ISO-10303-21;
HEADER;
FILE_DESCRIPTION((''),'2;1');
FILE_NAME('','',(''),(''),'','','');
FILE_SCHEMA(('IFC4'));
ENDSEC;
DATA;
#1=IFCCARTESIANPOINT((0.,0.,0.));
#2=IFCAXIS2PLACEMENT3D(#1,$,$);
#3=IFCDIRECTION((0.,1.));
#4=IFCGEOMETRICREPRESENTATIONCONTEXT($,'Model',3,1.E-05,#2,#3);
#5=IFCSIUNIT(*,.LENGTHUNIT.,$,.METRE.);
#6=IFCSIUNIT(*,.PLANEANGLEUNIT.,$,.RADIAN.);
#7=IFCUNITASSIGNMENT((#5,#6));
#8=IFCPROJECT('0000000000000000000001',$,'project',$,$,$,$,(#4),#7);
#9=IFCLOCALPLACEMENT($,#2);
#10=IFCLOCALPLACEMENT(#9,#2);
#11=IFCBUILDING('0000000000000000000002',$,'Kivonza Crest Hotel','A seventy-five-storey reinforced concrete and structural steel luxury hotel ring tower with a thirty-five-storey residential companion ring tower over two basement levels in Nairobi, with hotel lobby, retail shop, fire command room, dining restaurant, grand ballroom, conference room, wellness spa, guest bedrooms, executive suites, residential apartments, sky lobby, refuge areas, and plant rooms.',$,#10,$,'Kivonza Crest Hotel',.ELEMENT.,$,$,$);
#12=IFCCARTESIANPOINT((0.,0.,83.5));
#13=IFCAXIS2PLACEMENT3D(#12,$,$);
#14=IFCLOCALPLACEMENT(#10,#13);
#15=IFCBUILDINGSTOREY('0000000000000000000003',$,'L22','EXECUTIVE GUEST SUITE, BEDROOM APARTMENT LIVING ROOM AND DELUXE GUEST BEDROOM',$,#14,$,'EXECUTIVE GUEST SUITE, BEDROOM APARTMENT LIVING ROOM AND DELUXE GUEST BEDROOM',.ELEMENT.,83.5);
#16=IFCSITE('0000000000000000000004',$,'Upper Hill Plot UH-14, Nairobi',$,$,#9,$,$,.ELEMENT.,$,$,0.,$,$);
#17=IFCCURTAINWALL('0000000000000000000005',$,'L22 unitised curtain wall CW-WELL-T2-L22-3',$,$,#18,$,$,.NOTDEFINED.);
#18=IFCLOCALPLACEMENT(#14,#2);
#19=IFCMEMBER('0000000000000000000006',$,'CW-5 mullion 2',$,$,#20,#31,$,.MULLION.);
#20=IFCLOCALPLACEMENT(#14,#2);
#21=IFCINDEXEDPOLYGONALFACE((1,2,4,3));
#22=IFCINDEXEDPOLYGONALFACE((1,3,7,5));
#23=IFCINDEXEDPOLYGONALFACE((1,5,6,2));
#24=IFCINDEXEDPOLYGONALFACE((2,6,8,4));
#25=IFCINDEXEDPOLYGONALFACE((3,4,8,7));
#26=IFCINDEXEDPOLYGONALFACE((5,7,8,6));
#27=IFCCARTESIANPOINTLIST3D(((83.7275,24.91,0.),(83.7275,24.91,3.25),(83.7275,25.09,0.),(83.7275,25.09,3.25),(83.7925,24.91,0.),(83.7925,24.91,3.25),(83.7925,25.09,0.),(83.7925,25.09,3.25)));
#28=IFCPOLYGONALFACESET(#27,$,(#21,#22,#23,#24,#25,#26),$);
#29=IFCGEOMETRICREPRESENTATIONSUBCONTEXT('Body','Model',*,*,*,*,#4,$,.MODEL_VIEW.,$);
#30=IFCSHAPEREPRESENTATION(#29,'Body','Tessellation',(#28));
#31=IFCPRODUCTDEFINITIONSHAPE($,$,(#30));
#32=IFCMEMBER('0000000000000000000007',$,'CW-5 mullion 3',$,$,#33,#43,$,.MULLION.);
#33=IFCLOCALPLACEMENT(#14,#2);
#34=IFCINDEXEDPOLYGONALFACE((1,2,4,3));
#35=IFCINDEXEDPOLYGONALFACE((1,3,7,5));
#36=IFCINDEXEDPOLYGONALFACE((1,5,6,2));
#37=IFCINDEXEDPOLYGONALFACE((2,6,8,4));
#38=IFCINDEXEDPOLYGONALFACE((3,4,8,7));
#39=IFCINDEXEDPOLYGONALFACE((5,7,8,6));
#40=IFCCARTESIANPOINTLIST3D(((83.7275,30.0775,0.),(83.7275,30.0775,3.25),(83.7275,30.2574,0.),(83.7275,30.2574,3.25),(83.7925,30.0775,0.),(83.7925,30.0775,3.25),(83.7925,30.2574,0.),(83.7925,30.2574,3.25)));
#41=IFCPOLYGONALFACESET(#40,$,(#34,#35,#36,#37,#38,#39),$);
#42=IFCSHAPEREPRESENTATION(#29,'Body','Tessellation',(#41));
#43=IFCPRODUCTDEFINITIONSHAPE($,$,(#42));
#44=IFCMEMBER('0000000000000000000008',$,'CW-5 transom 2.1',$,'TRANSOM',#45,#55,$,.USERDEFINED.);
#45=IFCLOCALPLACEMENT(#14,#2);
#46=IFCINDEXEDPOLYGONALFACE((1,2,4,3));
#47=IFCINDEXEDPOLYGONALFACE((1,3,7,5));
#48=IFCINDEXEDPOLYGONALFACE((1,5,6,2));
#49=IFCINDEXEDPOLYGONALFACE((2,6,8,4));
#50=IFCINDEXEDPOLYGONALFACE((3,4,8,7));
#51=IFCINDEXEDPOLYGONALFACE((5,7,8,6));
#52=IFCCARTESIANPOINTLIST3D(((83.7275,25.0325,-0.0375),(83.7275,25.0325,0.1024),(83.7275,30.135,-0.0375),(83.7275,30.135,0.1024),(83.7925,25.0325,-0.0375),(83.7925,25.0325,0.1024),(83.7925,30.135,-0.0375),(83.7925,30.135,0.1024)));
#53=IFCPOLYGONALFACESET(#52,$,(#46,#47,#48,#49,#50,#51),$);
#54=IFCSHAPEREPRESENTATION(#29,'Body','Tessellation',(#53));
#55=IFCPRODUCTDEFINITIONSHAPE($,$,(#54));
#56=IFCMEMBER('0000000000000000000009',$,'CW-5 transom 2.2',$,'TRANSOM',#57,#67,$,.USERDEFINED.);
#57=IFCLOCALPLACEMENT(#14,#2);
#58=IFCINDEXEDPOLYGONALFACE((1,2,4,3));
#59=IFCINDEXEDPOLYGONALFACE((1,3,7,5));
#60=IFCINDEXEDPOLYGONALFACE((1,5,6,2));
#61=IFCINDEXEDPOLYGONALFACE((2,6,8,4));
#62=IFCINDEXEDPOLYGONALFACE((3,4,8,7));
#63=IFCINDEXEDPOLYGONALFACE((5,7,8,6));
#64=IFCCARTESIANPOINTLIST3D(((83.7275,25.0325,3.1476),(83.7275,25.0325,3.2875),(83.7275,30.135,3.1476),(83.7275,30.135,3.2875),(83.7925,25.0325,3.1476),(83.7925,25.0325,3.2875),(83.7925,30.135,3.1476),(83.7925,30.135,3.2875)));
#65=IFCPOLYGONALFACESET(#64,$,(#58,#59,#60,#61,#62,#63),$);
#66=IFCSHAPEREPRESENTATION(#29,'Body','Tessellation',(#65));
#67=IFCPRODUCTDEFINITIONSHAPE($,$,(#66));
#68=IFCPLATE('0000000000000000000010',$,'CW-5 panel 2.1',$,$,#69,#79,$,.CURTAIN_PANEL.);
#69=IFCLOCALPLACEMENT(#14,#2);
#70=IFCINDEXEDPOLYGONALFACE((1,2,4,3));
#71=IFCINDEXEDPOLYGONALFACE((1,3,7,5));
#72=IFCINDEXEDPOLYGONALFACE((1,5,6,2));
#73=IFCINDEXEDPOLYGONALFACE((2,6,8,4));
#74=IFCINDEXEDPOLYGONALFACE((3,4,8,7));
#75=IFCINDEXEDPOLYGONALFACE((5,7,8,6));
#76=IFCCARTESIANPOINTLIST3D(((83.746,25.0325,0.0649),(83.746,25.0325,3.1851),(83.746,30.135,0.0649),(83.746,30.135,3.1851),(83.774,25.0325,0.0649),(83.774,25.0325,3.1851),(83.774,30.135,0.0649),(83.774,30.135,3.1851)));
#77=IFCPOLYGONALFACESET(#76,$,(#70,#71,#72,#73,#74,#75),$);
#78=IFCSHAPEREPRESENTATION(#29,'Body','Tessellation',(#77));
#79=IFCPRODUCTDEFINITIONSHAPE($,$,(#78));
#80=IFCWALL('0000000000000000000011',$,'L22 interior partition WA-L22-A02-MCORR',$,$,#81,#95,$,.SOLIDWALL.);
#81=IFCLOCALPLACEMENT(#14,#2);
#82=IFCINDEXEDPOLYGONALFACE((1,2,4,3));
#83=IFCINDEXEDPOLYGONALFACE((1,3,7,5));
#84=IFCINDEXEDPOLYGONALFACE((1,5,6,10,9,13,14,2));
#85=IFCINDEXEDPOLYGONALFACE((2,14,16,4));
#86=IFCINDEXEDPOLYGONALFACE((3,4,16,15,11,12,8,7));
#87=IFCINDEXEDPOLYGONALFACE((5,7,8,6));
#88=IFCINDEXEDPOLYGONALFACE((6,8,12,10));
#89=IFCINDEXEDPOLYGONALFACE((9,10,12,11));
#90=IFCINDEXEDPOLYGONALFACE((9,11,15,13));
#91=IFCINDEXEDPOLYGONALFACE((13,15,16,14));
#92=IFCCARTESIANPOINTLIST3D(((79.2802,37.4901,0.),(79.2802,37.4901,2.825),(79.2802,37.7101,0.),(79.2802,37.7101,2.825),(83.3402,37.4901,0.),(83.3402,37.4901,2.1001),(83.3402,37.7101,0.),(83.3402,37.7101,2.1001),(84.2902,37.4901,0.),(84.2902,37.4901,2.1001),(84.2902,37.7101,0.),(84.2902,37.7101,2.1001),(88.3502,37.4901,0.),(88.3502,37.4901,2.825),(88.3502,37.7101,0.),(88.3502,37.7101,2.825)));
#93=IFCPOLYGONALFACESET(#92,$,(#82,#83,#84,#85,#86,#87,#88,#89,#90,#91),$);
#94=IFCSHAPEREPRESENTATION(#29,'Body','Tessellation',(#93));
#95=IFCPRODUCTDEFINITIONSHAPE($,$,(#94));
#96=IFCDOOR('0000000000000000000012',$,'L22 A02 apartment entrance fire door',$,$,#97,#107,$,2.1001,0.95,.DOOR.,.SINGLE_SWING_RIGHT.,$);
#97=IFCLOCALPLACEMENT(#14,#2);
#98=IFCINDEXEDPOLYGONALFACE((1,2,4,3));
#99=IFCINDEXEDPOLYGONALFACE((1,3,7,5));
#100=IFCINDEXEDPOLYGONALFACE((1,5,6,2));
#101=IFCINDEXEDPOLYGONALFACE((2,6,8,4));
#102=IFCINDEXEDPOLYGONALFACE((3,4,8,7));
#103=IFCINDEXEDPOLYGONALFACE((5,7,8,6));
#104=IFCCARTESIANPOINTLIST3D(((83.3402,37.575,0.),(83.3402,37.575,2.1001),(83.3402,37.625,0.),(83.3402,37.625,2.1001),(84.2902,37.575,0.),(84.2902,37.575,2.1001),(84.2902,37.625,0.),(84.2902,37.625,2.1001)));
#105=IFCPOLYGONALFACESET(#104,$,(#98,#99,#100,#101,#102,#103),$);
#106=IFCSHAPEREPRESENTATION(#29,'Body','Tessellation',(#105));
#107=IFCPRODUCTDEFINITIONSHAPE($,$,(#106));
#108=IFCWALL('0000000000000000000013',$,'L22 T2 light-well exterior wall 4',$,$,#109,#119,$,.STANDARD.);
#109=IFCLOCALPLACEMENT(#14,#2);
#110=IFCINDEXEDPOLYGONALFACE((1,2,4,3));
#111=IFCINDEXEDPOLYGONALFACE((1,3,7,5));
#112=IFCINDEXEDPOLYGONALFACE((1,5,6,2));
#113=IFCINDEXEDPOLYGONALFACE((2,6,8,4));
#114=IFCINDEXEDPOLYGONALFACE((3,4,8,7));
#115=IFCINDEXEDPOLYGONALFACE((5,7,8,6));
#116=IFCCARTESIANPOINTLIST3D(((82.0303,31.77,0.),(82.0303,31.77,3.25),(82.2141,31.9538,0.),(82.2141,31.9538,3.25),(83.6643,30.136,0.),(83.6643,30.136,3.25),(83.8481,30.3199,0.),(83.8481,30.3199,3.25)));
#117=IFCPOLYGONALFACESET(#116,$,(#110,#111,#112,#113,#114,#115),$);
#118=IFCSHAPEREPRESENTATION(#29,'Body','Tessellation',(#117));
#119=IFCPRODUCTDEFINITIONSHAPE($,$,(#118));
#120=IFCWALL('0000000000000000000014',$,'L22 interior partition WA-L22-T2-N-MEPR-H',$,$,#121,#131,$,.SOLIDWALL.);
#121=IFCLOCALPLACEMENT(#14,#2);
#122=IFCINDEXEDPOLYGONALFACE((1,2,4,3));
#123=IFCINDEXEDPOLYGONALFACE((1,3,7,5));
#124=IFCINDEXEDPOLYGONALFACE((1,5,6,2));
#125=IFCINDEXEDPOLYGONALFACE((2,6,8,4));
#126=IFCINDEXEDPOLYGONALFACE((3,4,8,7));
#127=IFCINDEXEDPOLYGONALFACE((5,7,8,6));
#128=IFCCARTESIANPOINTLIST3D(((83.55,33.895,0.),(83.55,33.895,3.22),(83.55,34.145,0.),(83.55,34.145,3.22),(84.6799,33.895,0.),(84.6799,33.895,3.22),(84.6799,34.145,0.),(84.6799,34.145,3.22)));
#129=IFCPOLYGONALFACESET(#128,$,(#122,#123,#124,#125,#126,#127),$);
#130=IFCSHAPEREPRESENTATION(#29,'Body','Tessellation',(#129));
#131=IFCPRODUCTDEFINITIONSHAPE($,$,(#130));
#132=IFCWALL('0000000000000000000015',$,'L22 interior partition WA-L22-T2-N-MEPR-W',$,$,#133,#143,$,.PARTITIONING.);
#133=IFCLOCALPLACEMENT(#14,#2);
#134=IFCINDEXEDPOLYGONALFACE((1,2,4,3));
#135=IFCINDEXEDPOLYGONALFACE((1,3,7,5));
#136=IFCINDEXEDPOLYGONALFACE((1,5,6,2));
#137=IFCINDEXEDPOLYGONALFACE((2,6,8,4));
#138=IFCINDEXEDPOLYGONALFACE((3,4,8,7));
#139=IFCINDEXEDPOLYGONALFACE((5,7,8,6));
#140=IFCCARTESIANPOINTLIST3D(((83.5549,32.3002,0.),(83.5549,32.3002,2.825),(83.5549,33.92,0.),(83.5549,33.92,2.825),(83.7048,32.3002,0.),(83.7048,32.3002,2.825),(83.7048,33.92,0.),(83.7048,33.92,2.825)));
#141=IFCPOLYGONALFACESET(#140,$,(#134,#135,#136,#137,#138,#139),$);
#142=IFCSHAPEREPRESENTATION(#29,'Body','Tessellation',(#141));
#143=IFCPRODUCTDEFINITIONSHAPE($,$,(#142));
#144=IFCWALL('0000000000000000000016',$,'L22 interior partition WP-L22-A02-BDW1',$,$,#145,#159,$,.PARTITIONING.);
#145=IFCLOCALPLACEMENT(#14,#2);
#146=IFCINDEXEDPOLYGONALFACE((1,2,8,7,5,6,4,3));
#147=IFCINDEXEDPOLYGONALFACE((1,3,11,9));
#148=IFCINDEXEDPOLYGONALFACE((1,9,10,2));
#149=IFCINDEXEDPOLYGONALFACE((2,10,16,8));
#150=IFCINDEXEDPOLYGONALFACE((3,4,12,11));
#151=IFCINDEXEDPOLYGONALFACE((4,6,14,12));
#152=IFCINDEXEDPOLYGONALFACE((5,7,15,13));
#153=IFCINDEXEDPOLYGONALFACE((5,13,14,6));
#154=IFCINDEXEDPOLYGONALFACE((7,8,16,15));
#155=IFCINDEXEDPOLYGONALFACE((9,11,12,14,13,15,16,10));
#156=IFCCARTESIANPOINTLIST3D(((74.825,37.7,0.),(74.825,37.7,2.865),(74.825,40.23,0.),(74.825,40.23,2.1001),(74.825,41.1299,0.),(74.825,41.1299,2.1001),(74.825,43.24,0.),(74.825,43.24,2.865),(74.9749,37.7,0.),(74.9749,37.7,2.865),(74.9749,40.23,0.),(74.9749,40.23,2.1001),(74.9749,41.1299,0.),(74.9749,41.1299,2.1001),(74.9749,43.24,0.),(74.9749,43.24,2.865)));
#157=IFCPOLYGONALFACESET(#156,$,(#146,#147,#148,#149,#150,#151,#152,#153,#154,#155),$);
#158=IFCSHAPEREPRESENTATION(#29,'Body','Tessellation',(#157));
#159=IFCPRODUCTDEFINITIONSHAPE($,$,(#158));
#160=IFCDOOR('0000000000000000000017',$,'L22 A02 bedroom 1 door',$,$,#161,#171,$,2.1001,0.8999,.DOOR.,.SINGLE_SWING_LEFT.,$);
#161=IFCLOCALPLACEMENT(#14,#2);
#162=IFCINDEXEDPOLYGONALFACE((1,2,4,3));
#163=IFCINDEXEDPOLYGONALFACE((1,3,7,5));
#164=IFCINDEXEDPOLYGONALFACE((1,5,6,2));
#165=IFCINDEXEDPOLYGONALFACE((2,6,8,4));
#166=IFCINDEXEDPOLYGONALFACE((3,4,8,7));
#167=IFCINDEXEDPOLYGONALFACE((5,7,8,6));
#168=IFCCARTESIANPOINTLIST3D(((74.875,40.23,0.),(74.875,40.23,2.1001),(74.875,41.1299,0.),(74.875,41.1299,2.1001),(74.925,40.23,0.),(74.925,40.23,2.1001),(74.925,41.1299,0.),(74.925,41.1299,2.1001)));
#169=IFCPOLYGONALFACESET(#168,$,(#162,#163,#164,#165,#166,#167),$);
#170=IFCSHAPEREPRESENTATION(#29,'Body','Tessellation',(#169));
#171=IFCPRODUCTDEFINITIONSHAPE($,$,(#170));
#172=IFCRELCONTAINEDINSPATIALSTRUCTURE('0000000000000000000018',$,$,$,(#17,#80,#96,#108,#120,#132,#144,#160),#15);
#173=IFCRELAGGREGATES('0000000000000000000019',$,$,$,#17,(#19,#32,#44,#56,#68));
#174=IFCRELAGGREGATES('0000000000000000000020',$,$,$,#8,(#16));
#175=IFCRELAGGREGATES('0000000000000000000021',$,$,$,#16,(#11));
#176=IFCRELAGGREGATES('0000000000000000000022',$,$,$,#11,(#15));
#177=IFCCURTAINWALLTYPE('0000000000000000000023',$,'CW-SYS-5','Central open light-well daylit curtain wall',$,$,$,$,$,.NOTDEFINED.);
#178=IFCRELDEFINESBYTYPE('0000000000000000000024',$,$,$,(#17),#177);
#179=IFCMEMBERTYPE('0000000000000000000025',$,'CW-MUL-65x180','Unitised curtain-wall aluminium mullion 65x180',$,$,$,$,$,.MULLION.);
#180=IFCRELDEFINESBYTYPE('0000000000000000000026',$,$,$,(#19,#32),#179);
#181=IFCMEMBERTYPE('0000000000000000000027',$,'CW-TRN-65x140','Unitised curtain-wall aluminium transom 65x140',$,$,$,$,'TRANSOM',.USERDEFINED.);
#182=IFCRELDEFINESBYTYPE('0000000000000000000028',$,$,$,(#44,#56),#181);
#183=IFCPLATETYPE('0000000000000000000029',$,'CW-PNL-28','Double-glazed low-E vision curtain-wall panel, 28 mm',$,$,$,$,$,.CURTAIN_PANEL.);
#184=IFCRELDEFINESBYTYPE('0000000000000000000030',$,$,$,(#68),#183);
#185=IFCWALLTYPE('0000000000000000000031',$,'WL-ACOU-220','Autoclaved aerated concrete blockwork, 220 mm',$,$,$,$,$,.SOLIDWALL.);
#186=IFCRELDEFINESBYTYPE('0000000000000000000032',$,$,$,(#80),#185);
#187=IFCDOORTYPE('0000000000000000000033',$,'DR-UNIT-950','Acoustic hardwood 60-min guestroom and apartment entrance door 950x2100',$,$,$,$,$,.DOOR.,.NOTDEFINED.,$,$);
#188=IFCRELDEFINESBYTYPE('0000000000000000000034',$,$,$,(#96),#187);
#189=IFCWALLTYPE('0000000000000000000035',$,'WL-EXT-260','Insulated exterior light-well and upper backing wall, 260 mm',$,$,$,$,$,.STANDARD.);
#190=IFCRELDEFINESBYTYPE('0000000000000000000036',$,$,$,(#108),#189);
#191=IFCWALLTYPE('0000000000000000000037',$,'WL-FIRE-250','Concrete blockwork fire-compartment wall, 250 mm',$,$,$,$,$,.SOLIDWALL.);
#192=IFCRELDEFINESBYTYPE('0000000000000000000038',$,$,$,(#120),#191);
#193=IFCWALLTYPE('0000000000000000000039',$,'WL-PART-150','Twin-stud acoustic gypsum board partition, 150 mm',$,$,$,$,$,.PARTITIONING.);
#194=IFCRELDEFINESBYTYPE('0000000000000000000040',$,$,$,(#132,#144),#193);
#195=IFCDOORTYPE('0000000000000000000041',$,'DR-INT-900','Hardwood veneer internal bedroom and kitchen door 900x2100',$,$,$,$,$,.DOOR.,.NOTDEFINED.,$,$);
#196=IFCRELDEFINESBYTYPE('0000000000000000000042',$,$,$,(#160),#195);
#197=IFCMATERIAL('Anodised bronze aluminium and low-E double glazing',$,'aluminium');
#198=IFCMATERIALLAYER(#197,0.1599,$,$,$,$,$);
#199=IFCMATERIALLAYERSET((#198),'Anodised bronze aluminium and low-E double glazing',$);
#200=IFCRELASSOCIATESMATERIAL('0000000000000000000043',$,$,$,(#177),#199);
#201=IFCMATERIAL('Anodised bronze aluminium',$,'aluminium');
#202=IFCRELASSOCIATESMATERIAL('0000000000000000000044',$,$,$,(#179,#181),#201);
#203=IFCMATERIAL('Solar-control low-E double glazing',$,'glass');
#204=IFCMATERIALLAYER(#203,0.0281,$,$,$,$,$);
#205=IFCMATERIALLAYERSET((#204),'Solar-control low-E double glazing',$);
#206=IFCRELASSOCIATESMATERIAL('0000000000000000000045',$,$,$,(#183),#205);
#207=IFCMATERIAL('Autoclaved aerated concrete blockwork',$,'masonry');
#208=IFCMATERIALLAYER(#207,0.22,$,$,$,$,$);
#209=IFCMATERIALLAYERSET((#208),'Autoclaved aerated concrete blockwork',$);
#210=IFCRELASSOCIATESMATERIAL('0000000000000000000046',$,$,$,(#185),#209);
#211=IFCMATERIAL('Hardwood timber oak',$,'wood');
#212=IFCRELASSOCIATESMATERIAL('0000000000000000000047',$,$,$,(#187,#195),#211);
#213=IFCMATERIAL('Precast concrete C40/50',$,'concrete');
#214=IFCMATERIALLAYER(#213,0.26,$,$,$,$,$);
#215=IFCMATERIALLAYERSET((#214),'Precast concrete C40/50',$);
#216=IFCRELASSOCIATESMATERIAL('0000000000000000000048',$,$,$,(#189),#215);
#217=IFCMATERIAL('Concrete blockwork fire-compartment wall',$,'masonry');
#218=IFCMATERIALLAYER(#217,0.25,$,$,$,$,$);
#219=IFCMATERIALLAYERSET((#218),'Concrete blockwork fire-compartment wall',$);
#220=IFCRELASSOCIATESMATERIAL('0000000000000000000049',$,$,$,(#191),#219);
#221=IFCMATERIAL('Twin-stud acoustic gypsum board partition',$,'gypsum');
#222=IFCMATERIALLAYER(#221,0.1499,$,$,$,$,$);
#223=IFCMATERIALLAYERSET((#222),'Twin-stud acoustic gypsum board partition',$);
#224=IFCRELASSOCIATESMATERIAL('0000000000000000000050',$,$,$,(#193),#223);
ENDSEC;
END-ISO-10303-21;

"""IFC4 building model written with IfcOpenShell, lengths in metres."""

from ifc_helpers import new_model, si_unit, direction, frame, frame_2d, origin, origin_2d, place, context, subcontext, project, spatial, rectangle, extrude, material, layer, layer_set, material_profile, profile_set, type_object, element, fill, aggregate, save


model = new_model("IFC4")

# Units and contexts
model_context = context("Model", 3, precision=1e-05, world=origin(), true_north=direction((0.0, 1.0)))
body_context = subcontext(model_context, "Body", "Model", "MODEL_VIEW")
ifc_project = project(units=[si_unit("LENGTHUNIT", "METRE"), si_unit("PLANEANGLEUNIT", "RADIAN")], contexts=[model_context])

# Site, building, storey
site_placement = place(None, origin())
site = spatial("IfcSite", under=ifc_project, at=site_placement, Name="Upper Hill Plot UH-14, Nairobi", CompositionType="ELEMENT", RefElevation=0.0)
building_placement = place(site_placement, origin())
building = spatial("IfcBuilding", under=site, at=building_placement, Name="Kivonza Crest Hotel", Description="A seventy-five-storey reinforced concrete and structural steel luxury hotel ring tower with a thirty-five-storey residential companion ring tower over two basement levels in Nairobi, with hotel lobby, retail shop, fire command room, dining restaurant, grand ballroom, conference room, wellness spa, guest bedrooms, executive suites, residential apartments, sky lobby, refuge areas, and plant rooms.", LongName="Kivonza Crest Hotel", CompositionType="ELEMENT")
storey_placement = place(building_placement, frame((0.0, 0.0, 83.5)))
storey = spatial("IfcBuildingStorey", under=building, at=storey_placement, Name="L22", Description="EXECUTIVE GUEST SUITE, BEDROOM APARTMENT LIVING ROOM AND DELUXE GUEST BEDROOM", LongName="EXECUTIVE GUEST SUITE, BEDROOM APARTMENT LIVING ROOM AND DELUXE GUEST BEDROOM", CompositionType="ELEMENT", Elevation=83.5)

# Curtain wall, members, plate
ifc_material_1 = material(Name="Anodised bronze aluminium and low-E double glazing", Category="aluminium")
ifc_layer_1 = layer(ifc_material_1, 0.1599)
ifc_layer_set_1 = layer_set([ifc_layer_1], Name="Anodised bronze aluminium and low-E double glazing")
curtain_wall_type = type_object("IfcCurtainWallType", Name="CW-SYS-5", Description="Central open light-well daylit curtain wall", PredefinedType="NOTDEFINED", material=ifc_layer_set_1)
curtain_wall_placement = place(storey_placement, origin())
curtain_wall = element("IfcCurtainWall", 1, at=curtain_wall_placement, inside=storey, type_object=curtain_wall_type, Name="L22 unitised curtain wall CW-WELL-T2-L22-3", PredefinedType="NOTDEFINED")
ifc_material_2 = material(Name="Anodised bronze aluminium", Category="aluminium")
ifc_material_profile_1 = material_profile(ifc_material_2, rectangle(XDim=0.0649, YDim=0.1799, at=origin_2d()), Name="CW-M 65x180")
ifc_profile_set_1 = profile_set([ifc_material_profile_1], Name="Anodised bronze aluminium")
member_type_1 = type_object("IfcMemberType", Name="CW-MUL-65x180", Description="Unitised curtain-wall aluminium mullion 65x180", PredefinedType="MULLION", material=ifc_profile_set_1)
member_1_placement = place(storey_placement, frame((83.76, 25.0, 0.0), z_axis=(0.0, 0.0, 1.0), x_axis=(-1.0, 0.0, 0.0)))
member_1 = element("IfcMember", 2, at=member_1_placement, type_object=member_type_1, Name="CW-5 mullion 2", PredefinedType="MULLION", context=body_context, shape_type="SweptSolid", body=[
    extrude(rectangle(XDim=0.0649, YDim=0.1799, at=origin_2d()), origin(), (0.0, 0.0, 1.0), 3.25),
])
member_2_placement = place(storey_placement, frame((83.76, 30.1675, 0.0), z_axis=(0.0, 0.0, 1.0), x_axis=(-1.0, 0.0, 0.0)))
member_2 = element("IfcMember", 3, at=member_2_placement, type_object=member_type_1, Name="CW-5 mullion 3", PredefinedType="MULLION", context=body_context, shape_type="SweptSolid", body=[
    extrude(rectangle(XDim=0.0649, YDim=0.1799, at=origin_2d()), origin(), (0.0, 0.0, 1.0), 3.25),
])
ifc_material_profile_2 = material_profile(ifc_material_2, rectangle(XDim=0.0649, YDim=0.1399, at=origin_2d()), Name="CW-T 65x140")
ifc_profile_set_2 = profile_set([ifc_material_profile_2], Name="Anodised bronze aluminium")
member_type_2 = type_object("IfcMemberType", Name="CW-TRN-65x140", Description="Unitised curtain-wall aluminium transom 65x140", ElementType="TRANSOM", PredefinedType="USERDEFINED", material=ifc_profile_set_2)
member_3_placement = place(storey_placement, frame((83.76, 25.0325, 0.0325), z_axis=(0.0, 1.0, 0.0), x_axis=(-1.0, 0.0, 0.0)))
member_3 = element("IfcMember", 4, at=member_3_placement, type_object=member_type_2, Name="CW-5 transom 2.1", ObjectType="TRANSOM", PredefinedType="USERDEFINED", context=body_context, shape_type="SweptSolid", body=[
    extrude(rectangle(XDim=0.0649, YDim=0.1399, at=origin_2d()), origin(), (0.0, 0.0, 1.0), 5.1025),
])
member_4_placement = place(storey_placement, frame((83.76, 25.0325, 3.2175), z_axis=(0.0, 1.0, 0.0), x_axis=(-1.0, 0.0, 0.0)))
member_4 = element("IfcMember", 5, at=member_4_placement, type_object=member_type_2, Name="CW-5 transom 2.2", ObjectType="TRANSOM", PredefinedType="USERDEFINED", context=body_context, shape_type="SweptSolid", body=[
    extrude(rectangle(XDim=0.0649, YDim=0.1399, at=origin_2d()), origin(), (0.0, 0.0, 1.0), 5.1025),
])
ifc_material_3 = material(Name="Solar-control low-E double glazing", Category="glass")
ifc_layer_2 = layer(ifc_material_3, 0.0281)
ifc_layer_set_2 = layer_set([ifc_layer_2], Name="Solar-control low-E double glazing")
plate_type = type_object("IfcPlateType", Name="CW-PNL-28", Description="Double-glazed low-E vision curtain-wall panel, 28 mm", PredefinedType="CURTAIN_PANEL", material=ifc_layer_set_2)
plate_placement = place(storey_placement, frame((83.76, 27.5837, 0.0649), z_axis=(0.0, 0.0, 1.0), x_axis=(0.0, 1.0, 0.0)))
plate = element("IfcPlate", 6, at=plate_placement, type_object=plate_type, Name="CW-5 panel 2.1", PredefinedType="CURTAIN_PANEL", context=body_context, shape_type="SweptSolid", body=[
    extrude(rectangle(XDim=5.1025, YDim=0.0281, at=origin_2d()), origin(), (0.0, 0.0, 1.0), 3.1201),
])
aggregate(curtain_wall, [member_1, member_2, member_3, member_4, plate])

# Wall, opening, door
ifc_material_4 = material(Name="Autoclaved aerated concrete blockwork", Category="masonry")
ifc_layer_3 = layer(ifc_material_4, 0.22)
ifc_layer_set_3 = layer_set([ifc_layer_3], Name="Autoclaved aerated concrete blockwork")
wall_type_1 = type_object("IfcWallType", Name="WL-ACOU-220", Description="Autoclaved aerated concrete blockwork, 220 mm", PredefinedType="SOLIDWALL", material=ifc_layer_set_3)
wall_1_placement = place(storey_placement, frame((79.28, 37.6001, 0.0), z_axis=(0.0, 0.0, 1.0), x_axis=(1.0, 0.0, 0.0)))
wall_1 = element("IfcWall", 7, at=wall_1_placement, inside=storey, type_object=wall_type_1, Name="L22 interior partition WA-L22-A02-MCORR", PredefinedType="SOLIDWALL", context=body_context, shape_type="SweptSolid", body=[
    extrude(rectangle(XDim=9.0701, YDim=0.22, at=frame_2d((4.5352, 0.0))), origin(), (0.0, 0.0, 1.0), 2.825),
])
opening_1_placement = place(wall_1_placement, frame((4.0601, 0.0, 0.0)))
opening_1 = element("IfcOpeningElement", 8, at=opening_1_placement, cuts=wall_1, PredefinedType="OPENING", context=body_context, shape_type="SweptSolid", body=[
    extrude(rectangle(XDim=0.95, YDim=2.1001, at=frame_2d((0.4751, 1.05))), frame((0.0, 0.1201, 0.0), z_axis=(0.0, -1.0, 0.0), x_axis=(1.0, 0.0, 0.0)), (0.0, 0.0, 1.0), 0.24),
])
ifc_material_5 = material(Name="Hardwood timber oak", Category="wood")
door_type_1 = type_object("IfcDoorType", Name="DR-UNIT-950", Description="Acoustic hardwood 60-min guestroom and apartment entrance door 950x2100", OperationType="NOTDEFINED", PredefinedType="DOOR", material=ifc_material_5)
door_1_placement = place(opening_1_placement, origin())
door_1 = element("IfcDoor", 9, at=door_1_placement, inside=storey, type_object=door_type_1, Name="L22 A02 apartment entrance fire door", OperationType="SINGLE_SWING_RIGHT", OverallHeight=2.1001, OverallWidth=0.95, PredefinedType="DOOR", context=body_context, shape_type="SweptSolid", body=[
    extrude(rectangle(XDim=0.95, YDim=2.1001, at=frame_2d((0.4751, 1.05))), frame((0.0, 0.0249, 0.0), z_axis=(0.0, -1.0, 0.0), x_axis=(1.0, 0.0, 0.0)), (0.0, 0.0, 1.0), 0.05),
])
fill(opening_1, door_1)

# Walls
ifc_material_6 = material(Name="Precast concrete C40/50", Category="concrete")
ifc_layer_4 = layer(ifc_material_6, 0.26)
ifc_layer_set_4 = layer_set([ifc_layer_4], Name="Precast concrete C40/50")
wall_type_2 = type_object("IfcWallType", Name="WL-EXT-260", Description="Insulated exterior light-well and upper backing wall, 260 mm", PredefinedType="STANDARD", material=ifc_layer_set_4)
wall_2_placement = place(storey_placement, frame((83.7561, 30.228, 0.0), z_axis=(0.0, 0.0, 1.0), x_axis=(-0.707107, 0.707107, 0.0)))
element("IfcWall", 10, at=wall_2_placement, inside=storey, type_object=wall_type_2, Name="L22 T2 light-well exterior wall 4", PredefinedType="STANDARD", context=body_context, shape_type="SweptSolid", body=[
    extrude(rectangle(XDim=2.3108, YDim=0.26, at=frame_2d((1.1553, 0.0))), origin(), (0.0, 0.0, 1.0), 3.25),
])
ifc_material_7 = material(Name="Concrete blockwork fire-compartment wall", Category="masonry")
ifc_layer_5 = layer(ifc_material_7, 0.25)
ifc_layer_set_5 = layer_set([ifc_layer_5], Name="Concrete blockwork fire-compartment wall")
wall_type_3 = type_object("IfcWallType", Name="WL-FIRE-250", Description="Concrete blockwork fire-compartment wall, 250 mm", PredefinedType="SOLIDWALL", material=ifc_layer_set_5)
wall_3_placement = place(storey_placement, frame((83.55, 34.02, 0.0), z_axis=(0.0, 0.0, 1.0), x_axis=(1.0, 0.0, 0.0)))
element("IfcWall", 11, at=wall_3_placement, inside=storey, type_object=wall_type_3, Name="L22 interior partition WA-L22-T2-N-MEPR-H", PredefinedType="SOLIDWALL", context=body_context, shape_type="SweptSolid", body=[
    extrude(rectangle(XDim=1.1299, YDim=0.25, at=frame_2d((0.5649, 0.0))), origin(), (0.0, 0.0, 1.0), 3.22),
])
ifc_material_8 = material(Name="Twin-stud acoustic gypsum board partition", Category="gypsum")
ifc_layer_6 = layer(ifc_material_8, 0.1499)
ifc_layer_set_6 = layer_set([ifc_layer_6], Name="Twin-stud acoustic gypsum board partition")
wall_type_4 = type_object("IfcWallType", Name="WL-PART-150", Description="Twin-stud acoustic gypsum board partition, 150 mm", PredefinedType="PARTITIONING", material=ifc_layer_set_6)
wall_4_placement = place(storey_placement, frame((83.6299, 32.3, 0.0), z_axis=(0.0, 0.0, 1.0), x_axis=(0.0, 1.0, 0.0)))
element("IfcWall", 12, at=wall_4_placement, inside=storey, type_object=wall_type_4, Name="L22 interior partition WA-L22-T2-N-MEPR-W", PredefinedType="PARTITIONING", context=body_context, shape_type="SweptSolid", body=[
    extrude(rectangle(XDim=1.6199, YDim=0.1499, at=frame_2d((0.8101, 0.0))), origin(), (0.0, 0.0, 1.0), 2.825),
])

# Wall, opening, door
wall_5_placement = place(storey_placement, frame((74.8999, 37.7, 0.0), z_axis=(0.0, 0.0, 1.0), x_axis=(0.0, 1.0, 0.0)))
wall_5 = element("IfcWall", 13, at=wall_5_placement, inside=storey, type_object=wall_type_4, Name="L22 interior partition WP-L22-A02-BDW1", PredefinedType="PARTITIONING", context=body_context, shape_type="SweptSolid", body=[
    extrude(rectangle(XDim=5.54, YDim=0.1499, at=frame_2d((2.77, 0.0))), origin(), (0.0, 0.0, 1.0), 2.865),
])
opening_2_placement = place(wall_5_placement, frame((2.53, 0.0, 0.0)))
opening_2 = element("IfcOpeningElement", 14, at=opening_2_placement, cuts=wall_5, PredefinedType="OPENING", context=body_context, shape_type="SweptSolid", body=[
    extrude(rectangle(XDim=0.8999, YDim=2.1001, at=frame_2d((0.45, 1.05))), frame((0.0, 0.085, 0.0), z_axis=(0.0, -1.0, 0.0), x_axis=(1.0, 0.0, 0.0)), (0.0, 0.0, 1.0), 0.1699),
])
door_type_2 = type_object("IfcDoorType", Name="DR-INT-900", Description="Hardwood veneer internal bedroom and kitchen door 900x2100", OperationType="NOTDEFINED", PredefinedType="DOOR", material=ifc_material_5)
door_2_placement = place(opening_2_placement, origin())
door_2 = element("IfcDoor", 15, at=door_2_placement, inside=storey, type_object=door_type_2, Name="L22 A02 bedroom 1 door", OperationType="SINGLE_SWING_LEFT", OverallHeight=2.1001, OverallWidth=0.8999, PredefinedType="DOOR", context=body_context, shape_type="SweptSolid", body=[
    extrude(rectangle(XDim=0.8999, YDim=2.1001, at=frame_2d((0.45, 1.05))), frame((0.0, 0.0249, 0.0), z_axis=(0.0, -1.0, 0.0), x_axis=(1.0, 0.0, 0.0)), (0.0, 0.0, 1.0), 0.05),
])
fill(opening_2, door_2)

save(model, "model.ifc")
